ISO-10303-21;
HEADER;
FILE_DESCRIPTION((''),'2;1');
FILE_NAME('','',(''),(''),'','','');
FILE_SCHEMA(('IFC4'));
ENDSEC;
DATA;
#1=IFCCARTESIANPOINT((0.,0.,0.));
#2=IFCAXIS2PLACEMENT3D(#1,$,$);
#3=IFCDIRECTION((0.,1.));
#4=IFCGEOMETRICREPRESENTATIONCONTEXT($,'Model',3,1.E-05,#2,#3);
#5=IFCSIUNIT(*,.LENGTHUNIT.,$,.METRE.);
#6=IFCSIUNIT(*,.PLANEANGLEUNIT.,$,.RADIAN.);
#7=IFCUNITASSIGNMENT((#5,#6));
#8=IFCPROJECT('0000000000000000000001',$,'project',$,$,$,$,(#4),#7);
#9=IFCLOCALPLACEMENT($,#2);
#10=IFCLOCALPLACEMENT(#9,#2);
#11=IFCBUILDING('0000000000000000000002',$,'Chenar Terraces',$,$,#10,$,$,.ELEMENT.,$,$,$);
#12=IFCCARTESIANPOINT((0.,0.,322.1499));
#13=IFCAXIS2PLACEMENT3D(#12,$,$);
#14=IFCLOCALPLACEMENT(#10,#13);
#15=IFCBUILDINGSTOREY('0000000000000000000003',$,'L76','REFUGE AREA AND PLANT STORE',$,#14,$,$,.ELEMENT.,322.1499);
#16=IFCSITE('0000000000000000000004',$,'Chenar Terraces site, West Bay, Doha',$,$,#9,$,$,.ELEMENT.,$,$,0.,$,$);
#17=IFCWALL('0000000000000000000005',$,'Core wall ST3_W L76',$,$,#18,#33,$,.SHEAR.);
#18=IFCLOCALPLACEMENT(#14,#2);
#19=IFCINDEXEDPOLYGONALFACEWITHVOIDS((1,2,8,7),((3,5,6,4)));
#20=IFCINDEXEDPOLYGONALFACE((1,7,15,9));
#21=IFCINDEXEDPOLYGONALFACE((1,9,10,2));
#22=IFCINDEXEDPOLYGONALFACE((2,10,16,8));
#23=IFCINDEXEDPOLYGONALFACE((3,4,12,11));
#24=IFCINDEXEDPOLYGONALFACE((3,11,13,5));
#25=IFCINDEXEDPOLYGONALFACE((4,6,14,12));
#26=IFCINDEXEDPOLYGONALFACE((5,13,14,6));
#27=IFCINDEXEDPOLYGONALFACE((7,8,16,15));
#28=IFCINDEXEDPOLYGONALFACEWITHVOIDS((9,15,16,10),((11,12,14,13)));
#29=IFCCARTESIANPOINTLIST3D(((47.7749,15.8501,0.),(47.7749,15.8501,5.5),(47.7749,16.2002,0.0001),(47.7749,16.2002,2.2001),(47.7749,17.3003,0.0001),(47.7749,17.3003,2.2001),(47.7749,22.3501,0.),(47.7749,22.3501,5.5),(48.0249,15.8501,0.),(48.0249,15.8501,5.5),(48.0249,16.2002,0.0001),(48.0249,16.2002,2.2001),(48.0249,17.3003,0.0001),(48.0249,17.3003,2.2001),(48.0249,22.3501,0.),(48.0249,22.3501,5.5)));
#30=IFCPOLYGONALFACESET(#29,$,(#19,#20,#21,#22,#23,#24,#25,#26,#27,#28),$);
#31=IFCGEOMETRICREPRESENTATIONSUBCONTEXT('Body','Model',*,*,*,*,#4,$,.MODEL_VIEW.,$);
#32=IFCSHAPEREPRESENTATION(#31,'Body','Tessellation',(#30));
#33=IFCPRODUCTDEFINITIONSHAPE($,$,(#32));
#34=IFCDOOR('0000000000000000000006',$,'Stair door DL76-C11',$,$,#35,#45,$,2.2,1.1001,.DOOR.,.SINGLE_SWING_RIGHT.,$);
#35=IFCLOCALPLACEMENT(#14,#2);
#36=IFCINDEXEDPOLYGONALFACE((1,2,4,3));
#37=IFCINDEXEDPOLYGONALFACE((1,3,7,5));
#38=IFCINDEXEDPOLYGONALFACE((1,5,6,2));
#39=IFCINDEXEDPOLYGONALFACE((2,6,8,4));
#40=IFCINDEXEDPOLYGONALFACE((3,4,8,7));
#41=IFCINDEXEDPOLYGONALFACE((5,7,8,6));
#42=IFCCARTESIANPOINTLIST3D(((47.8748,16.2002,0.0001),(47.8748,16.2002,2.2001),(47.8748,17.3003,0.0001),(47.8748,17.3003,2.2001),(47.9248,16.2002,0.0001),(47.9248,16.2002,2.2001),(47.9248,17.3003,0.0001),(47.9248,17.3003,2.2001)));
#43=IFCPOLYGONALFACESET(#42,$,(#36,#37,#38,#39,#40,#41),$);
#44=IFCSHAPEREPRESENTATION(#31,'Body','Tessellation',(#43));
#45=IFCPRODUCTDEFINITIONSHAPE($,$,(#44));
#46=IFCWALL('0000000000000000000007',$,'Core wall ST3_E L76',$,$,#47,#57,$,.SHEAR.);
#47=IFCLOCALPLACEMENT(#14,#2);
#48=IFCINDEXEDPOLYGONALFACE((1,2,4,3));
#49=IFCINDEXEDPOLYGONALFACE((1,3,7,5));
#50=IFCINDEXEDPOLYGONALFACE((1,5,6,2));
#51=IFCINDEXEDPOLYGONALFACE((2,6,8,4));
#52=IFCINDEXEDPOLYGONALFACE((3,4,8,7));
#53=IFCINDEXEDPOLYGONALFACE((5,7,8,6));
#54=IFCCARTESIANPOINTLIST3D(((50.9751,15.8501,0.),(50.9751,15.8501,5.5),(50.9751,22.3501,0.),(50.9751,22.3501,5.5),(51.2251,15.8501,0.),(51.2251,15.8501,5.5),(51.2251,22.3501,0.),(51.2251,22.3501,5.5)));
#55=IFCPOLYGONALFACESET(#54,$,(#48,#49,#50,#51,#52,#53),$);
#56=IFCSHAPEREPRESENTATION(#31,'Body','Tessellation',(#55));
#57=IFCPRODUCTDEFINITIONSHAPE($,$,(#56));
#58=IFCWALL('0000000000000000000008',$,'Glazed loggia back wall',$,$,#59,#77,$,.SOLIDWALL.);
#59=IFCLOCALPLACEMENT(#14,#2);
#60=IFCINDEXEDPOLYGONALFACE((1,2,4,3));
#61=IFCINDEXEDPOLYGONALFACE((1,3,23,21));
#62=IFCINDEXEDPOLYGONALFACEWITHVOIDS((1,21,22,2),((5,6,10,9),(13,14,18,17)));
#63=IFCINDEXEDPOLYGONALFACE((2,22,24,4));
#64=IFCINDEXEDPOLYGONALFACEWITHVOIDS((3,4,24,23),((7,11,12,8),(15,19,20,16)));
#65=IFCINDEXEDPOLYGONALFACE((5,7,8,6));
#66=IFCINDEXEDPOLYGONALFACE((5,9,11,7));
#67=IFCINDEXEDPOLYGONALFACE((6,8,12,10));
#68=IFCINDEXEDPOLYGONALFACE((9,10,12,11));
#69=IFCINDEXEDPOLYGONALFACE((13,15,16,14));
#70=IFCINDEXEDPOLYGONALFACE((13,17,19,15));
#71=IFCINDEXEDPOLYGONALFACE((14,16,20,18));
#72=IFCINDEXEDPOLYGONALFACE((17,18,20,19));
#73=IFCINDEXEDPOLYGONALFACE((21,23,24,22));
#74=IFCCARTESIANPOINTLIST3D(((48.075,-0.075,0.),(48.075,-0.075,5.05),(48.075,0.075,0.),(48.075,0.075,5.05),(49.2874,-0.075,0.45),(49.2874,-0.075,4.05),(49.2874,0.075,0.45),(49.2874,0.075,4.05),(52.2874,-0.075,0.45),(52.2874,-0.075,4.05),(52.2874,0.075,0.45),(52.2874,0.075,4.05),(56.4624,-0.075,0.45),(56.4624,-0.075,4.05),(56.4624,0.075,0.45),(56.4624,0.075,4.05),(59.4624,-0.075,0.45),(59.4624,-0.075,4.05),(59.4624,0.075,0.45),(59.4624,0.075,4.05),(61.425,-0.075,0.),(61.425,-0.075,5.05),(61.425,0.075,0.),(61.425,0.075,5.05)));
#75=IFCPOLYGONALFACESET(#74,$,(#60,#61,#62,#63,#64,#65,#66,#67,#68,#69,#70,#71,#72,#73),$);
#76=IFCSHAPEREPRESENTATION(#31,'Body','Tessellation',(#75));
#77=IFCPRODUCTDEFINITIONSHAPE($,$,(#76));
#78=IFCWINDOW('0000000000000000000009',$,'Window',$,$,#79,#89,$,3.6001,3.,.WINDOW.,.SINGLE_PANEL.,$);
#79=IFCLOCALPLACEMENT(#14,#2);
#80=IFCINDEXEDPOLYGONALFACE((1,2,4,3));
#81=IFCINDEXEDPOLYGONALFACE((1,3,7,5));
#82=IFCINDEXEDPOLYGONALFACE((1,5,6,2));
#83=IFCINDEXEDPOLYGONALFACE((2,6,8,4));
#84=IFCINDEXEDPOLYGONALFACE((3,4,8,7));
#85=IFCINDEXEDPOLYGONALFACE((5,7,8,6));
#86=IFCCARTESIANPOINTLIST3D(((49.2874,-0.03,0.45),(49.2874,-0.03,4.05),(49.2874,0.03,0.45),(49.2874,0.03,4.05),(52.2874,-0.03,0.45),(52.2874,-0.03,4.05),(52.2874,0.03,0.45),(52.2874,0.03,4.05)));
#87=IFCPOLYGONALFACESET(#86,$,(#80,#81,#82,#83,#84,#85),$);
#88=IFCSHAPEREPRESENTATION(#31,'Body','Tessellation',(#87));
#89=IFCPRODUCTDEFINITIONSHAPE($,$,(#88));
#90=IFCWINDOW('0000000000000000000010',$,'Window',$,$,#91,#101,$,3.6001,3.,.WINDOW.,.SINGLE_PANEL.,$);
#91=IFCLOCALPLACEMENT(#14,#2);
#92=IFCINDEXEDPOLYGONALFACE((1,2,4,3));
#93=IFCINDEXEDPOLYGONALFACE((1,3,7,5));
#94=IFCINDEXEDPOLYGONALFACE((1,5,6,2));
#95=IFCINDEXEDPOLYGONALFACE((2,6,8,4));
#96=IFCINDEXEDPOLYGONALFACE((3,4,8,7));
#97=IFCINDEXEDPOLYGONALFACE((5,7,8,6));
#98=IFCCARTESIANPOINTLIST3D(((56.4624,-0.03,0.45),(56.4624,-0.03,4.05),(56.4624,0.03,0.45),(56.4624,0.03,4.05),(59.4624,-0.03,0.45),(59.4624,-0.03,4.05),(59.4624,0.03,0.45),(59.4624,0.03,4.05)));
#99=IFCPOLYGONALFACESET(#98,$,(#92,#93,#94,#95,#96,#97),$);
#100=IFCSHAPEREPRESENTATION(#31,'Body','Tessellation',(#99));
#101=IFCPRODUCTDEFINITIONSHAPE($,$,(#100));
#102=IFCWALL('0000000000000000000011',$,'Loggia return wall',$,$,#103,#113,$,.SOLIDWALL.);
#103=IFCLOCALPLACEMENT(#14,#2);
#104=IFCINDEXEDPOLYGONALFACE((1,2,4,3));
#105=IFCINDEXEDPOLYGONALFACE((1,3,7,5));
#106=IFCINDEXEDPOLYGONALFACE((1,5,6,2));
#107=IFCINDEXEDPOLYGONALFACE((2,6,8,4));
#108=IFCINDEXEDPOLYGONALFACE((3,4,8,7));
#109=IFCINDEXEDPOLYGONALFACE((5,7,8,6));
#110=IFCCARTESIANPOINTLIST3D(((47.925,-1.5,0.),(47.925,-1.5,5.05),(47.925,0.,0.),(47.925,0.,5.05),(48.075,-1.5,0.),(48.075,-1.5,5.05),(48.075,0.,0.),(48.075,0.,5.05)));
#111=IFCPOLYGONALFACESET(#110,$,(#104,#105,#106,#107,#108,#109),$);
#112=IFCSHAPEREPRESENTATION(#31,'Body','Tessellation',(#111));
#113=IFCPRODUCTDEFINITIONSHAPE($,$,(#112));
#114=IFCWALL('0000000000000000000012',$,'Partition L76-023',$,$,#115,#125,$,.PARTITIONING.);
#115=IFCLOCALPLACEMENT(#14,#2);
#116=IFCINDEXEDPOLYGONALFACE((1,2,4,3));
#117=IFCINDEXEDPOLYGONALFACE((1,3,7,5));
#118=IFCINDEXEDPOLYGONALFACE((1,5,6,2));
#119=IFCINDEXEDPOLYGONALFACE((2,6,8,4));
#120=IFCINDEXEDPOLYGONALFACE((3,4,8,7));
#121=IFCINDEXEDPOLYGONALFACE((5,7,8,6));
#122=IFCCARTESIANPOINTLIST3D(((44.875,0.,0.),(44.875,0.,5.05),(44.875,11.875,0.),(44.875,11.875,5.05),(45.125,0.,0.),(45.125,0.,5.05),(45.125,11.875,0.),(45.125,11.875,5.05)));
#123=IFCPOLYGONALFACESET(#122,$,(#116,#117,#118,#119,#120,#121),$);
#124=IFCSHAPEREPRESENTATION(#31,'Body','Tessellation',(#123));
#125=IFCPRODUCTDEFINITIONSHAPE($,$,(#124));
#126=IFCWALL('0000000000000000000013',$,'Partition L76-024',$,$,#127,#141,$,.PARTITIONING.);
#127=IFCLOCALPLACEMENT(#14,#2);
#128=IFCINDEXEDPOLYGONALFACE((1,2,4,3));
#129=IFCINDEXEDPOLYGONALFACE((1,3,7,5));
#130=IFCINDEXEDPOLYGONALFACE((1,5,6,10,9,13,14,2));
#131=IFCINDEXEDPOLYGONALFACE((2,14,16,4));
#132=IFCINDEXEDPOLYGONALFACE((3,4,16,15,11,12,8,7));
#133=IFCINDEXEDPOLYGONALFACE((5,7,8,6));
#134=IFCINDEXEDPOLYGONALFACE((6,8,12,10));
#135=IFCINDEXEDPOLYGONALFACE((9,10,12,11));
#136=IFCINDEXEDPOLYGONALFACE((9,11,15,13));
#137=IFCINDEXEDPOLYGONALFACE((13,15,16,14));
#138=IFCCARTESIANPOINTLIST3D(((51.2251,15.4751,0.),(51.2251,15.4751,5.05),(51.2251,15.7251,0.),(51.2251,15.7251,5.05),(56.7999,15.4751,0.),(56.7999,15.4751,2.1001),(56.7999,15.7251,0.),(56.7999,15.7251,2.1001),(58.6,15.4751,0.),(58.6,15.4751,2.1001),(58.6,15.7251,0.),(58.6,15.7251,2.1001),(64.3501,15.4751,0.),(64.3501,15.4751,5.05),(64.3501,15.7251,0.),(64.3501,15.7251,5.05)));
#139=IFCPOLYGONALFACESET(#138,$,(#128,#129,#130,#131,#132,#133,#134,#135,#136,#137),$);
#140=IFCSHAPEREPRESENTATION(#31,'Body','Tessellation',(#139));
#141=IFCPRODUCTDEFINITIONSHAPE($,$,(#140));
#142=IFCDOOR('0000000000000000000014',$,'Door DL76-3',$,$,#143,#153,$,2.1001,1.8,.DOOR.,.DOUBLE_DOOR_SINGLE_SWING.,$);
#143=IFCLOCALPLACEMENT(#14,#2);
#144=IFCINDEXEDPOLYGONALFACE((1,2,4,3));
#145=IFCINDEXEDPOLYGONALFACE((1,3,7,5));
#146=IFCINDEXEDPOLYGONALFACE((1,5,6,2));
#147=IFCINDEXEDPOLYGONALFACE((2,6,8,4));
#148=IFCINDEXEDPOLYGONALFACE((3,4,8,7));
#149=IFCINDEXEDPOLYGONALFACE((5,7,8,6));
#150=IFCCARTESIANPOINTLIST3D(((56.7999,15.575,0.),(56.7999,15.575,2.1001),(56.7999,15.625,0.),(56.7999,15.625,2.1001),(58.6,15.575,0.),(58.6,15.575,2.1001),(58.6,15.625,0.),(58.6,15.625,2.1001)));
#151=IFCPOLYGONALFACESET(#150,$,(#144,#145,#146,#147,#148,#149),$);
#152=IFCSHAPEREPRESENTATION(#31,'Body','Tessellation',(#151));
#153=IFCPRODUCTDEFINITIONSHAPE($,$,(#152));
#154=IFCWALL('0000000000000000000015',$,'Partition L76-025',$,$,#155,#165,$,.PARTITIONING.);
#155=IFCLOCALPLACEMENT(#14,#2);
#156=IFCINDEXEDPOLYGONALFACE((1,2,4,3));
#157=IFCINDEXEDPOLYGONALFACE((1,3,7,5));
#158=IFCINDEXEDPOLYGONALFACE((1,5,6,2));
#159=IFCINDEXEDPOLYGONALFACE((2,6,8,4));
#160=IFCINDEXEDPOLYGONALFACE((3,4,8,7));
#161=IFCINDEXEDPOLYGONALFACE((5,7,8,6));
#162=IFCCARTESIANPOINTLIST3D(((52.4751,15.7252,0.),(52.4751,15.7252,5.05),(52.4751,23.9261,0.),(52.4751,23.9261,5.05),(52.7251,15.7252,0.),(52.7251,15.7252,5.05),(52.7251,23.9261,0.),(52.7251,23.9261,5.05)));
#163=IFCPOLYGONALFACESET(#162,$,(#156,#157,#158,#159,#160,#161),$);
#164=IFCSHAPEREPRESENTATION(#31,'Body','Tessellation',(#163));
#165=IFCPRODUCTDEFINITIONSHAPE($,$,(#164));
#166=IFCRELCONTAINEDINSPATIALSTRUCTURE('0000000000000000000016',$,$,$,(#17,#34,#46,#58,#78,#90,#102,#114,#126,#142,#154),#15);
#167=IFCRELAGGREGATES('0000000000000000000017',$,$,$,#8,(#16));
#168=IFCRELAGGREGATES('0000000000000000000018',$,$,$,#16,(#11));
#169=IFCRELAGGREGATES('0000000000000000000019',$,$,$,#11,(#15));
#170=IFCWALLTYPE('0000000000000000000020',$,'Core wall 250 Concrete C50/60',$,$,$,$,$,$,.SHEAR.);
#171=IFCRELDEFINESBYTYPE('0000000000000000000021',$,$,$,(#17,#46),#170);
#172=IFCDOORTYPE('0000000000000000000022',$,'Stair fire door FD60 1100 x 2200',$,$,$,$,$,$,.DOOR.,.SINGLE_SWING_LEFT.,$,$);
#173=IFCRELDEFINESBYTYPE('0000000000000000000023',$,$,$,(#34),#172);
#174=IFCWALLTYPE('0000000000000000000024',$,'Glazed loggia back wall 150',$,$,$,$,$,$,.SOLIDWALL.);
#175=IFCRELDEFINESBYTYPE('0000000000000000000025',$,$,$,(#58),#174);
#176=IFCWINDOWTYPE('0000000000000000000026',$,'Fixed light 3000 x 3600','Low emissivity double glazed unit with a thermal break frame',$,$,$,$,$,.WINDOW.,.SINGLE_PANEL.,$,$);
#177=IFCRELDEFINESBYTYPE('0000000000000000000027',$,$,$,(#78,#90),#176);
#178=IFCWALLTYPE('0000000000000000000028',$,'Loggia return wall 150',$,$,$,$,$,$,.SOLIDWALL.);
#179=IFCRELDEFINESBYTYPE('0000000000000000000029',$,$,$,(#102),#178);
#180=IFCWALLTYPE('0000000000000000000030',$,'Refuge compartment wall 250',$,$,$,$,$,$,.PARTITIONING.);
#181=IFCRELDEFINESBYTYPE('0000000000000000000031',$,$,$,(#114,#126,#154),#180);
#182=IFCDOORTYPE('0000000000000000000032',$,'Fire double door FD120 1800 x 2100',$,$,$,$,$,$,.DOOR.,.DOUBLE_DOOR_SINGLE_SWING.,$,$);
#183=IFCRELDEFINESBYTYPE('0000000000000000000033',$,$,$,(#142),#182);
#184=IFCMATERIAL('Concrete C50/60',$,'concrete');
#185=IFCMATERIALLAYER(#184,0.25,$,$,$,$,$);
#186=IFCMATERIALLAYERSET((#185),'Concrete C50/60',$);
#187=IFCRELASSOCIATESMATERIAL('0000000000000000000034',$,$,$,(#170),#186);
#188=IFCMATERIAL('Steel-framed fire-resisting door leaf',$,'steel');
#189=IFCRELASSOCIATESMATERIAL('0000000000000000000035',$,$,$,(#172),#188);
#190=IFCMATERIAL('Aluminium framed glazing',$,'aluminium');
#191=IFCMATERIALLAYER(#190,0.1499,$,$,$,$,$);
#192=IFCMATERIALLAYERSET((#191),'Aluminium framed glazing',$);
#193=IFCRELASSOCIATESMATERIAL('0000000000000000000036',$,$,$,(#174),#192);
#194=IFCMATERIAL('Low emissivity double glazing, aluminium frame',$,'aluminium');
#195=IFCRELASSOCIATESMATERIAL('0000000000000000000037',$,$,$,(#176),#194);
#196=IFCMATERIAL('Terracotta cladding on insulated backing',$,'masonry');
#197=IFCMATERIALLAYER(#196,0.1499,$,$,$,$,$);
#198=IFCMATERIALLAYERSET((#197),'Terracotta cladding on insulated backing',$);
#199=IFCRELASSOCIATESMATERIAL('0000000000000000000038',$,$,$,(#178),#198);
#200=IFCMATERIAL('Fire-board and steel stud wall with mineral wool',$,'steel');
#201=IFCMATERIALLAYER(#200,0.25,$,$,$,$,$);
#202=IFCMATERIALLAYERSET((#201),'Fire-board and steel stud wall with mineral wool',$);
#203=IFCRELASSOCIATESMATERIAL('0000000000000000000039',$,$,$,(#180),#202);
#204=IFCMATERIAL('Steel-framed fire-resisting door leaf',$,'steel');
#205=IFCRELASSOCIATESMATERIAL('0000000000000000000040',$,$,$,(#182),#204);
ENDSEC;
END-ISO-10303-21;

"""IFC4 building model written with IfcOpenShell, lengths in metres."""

from ifc_helpers import new_model, si_unit, direction, frame, frame_2d, origin, place, context, subcontext, project, spatial, rectangle, extrude, material, layer, layer_set, type_object, element, fill, save


model = new_model("IFC4")

# Units and contexts
model_context = context("Model", 3, precision=1e-05, world=origin(), true_north=direction((0.0, 1.0)))
body_context = subcontext(model_context, "Body", "Model", "MODEL_VIEW")
ifc_project = project(units=[si_unit("LENGTHUNIT", "METRE"), si_unit("PLANEANGLEUNIT", "RADIAN")], contexts=[model_context])

# Site, building, storey
site_placement = place(None, origin())
site = spatial("IfcSite", under=ifc_project, at=site_placement, Name="Chenar Terraces site, West Bay, Doha", CompositionType="ELEMENT", RefElevation=0.0)
building_placement = place(site_placement, origin())
building = spatial("IfcBuilding", under=site, at=building_placement, Name="Chenar Terraces", CompositionType="ELEMENT")
storey_placement = place(building_placement, frame((0.0, 0.0, 322.1499)))
storey = spatial("IfcBuildingStorey", under=building, at=storey_placement, Name="L76", Description="REFUGE AREA AND PLANT STORE", CompositionType="ELEMENT", Elevation=322.1499)

# Wall, opening, door
ifc_material_1 = material(Name="Concrete C50/60", Category="concrete")
ifc_layer_1 = layer(ifc_material_1, 0.25)
ifc_layer_set_1 = layer_set([ifc_layer_1], Name="Concrete C50/60")
wall_type_1 = type_object("IfcWallType", Name="Core wall 250 Concrete C50/60", PredefinedType="SHEAR", material=ifc_layer_set_1)
ifc_material_2 = material(Name="Steel-framed fire-resisting door leaf", Category="steel")
door_type_1 = type_object("IfcDoorType", Name="Stair fire door FD60 1100 x 2200", OperationType="SINGLE_SWING_LEFT", PredefinedType="DOOR", material=ifc_material_2)
wall_1_placement = place(storey_placement, frame((47.8999, 15.8501, 0.0), z_axis=(0.0, 0.0, 1.0), x_axis=(0.0, 1.0, 0.0)))
wall_1 = element("IfcWall", 1, at=wall_1_placement, inside=storey, type_object=wall_type_1, Name="Core wall ST3_W L76", PredefinedType="SHEAR", context=body_context, shape_type="SweptSolid", body=[
    extrude(rectangle(XDim=6.5, YDim=0.25, at=frame_2d((3.25, 0.0))), origin(), (0.0, 0.0, 1.0), 5.5),
])
opening_1_placement = place(wall_1_placement, frame((0.3501, 0.0, 0.0)))
opening_1 = element("IfcOpeningElement", 2, at=opening_1_placement, cuts=wall_1, PredefinedType="OPENING", context=body_context, shape_type="SweptSolid", body=[
    extrude(rectangle(XDim=1.1001, YDim=2.2, at=frame_2d((0.55, 1.1001))), frame((0.0, 0.135, 0.0), z_axis=(0.0, -1.0, 0.0), x_axis=(1.0, 0.0, 0.0)), (0.0, 0.0, 1.0), 0.27),
])
door_1_placement = place(opening_1_placement, frame((1.1001, 0.0, 0.0), z_axis=(0.0, 0.0, 1.0), x_axis=(-1.0, 0.0, 0.0)))
door_1 = element("IfcDoor", 3, at=door_1_placement, inside=storey, type_object=door_type_1, Name="Stair door DL76-C11", OperationType="SINGLE_SWING_RIGHT", OverallHeight=2.2, OverallWidth=1.1001, PredefinedType="DOOR", context=body_context, shape_type="SweptSolid", body=[
    extrude(rectangle(XDim=1.1001, YDim=2.2, at=frame_2d((0.55, 1.1001))), frame((0.0, 0.0249, 0.0), z_axis=(0.0, -1.0, 0.0), x_axis=(1.0, 0.0, 0.0)), (0.0, 0.0, 1.0), 0.05),
])
fill(opening_1, door_1)

# Wall
wall_2_placement = place(storey_placement, frame((51.1001, 15.8501, 0.0), z_axis=(0.0, 0.0, 1.0), x_axis=(0.0, 1.0, 0.0)))
element("IfcWall", 4, at=wall_2_placement, inside=storey, type_object=wall_type_1, Name="Core wall ST3_E L76", PredefinedType="SHEAR", context=body_context, shape_type="SweptSolid", body=[
    extrude(rectangle(XDim=6.5, YDim=0.25, at=frame_2d((3.25, 0.0))), origin(), (0.0, 0.0, 1.0), 5.5),
])

# Wall, openings, windows
ifc_material_3 = material(Name="Aluminium framed glazing", Category="aluminium")
ifc_layer_2 = layer(ifc_material_3, 0.1499)
ifc_layer_set_2 = layer_set([ifc_layer_2], Name="Aluminium framed glazing")
wall_type_2 = type_object("IfcWallType", Name="Glazed loggia back wall 150", PredefinedType="SOLIDWALL", material=ifc_layer_set_2)
wall_3_placement = place(storey_placement, frame((48.075, 0.0, 0.0), z_axis=(0.0, 0.0, 1.0), x_axis=(1.0, 0.0, 0.0)))
wall_3 = element("IfcWall", 5, at=wall_3_placement, inside=storey, type_object=wall_type_2, Name="Glazed loggia back wall", PredefinedType="SOLIDWALL", context=body_context, shape_type="SweptSolid", body=[
    extrude(rectangle(XDim=13.3501, YDim=0.1499, at=frame_2d((6.675, 0.0))), origin(), (0.0, 0.0, 1.0), 5.05),
])
opening_2_placement = place(wall_3_placement, frame((1.2124, 0.0, 0.45)))
opening_2 = element("IfcOpeningElement", 6, at=opening_2_placement, cuts=wall_3, PredefinedType="OPENING", context=body_context, shape_type="SweptSolid", body=[
    extrude(rectangle(XDim=3.0, YDim=3.6001, at=frame_2d((1.5, 1.8))), frame((0.0, 0.085, 0.0), z_axis=(0.0, -1.0, 0.0), x_axis=(1.0, 0.0, 0.0)), (0.0, 0.0, 1.0), 0.1699),
])
opening_3_placement = place(wall_3_placement, frame((8.3875, 0.0, 0.45)))
opening_3 = element("IfcOpeningElement", 7, at=opening_3_placement, cuts=wall_3, PredefinedType="OPENING", context=body_context, shape_type="SweptSolid", body=[
    extrude(rectangle(XDim=3.0, YDim=3.6001, at=frame_2d((1.5, 1.8))), frame((0.0, 0.085, 0.0), z_axis=(0.0, -1.0, 0.0), x_axis=(1.0, 0.0, 0.0)), (0.0, 0.0, 1.0), 0.1699),
])
ifc_material_4 = material(Name="Low emissivity double glazing, aluminium frame", Category="aluminium")
window_type = type_object("IfcWindowType", Name="Fixed light 3000 x 3600", Description="Low emissivity double glazed unit with a thermal break frame", PartitioningType="SINGLE_PANEL", PredefinedType="WINDOW", material=ifc_material_4)
window_1_placement = place(opening_2_placement, origin())
window_1 = element("IfcWindow", 8, at=window_1_placement, inside=storey, type_object=window_type, Name="Window", OverallHeight=3.6001, OverallWidth=3.0, PartitioningType="SINGLE_PANEL", PredefinedType="WINDOW", context=body_context, shape_type="SweptSolid", body=[
    extrude(rectangle(XDim=3.0, YDim=3.6001, at=frame_2d((1.5, 1.8))), frame((0.0, 0.03, 0.0), z_axis=(0.0, -1.0, 0.0), x_axis=(1.0, 0.0, 0.0)), (0.0, 0.0, 1.0), 0.0601),
])
fill(opening_2, window_1)
window_2_placement = place(opening_3_placement, origin())
window_2 = element("IfcWindow", 9, at=window_2_placement, inside=storey, type_object=window_type, Name="Window", OverallHeight=3.6001, OverallWidth=3.0, PartitioningType="SINGLE_PANEL", PredefinedType="WINDOW", context=body_context, shape_type="SweptSolid", body=[
    extrude(rectangle(XDim=3.0, YDim=3.6001, at=frame_2d((1.5, 1.8))), frame((0.0, 0.03, 0.0), z_axis=(0.0, -1.0, 0.0), x_axis=(1.0, 0.0, 0.0)), (0.0, 0.0, 1.0), 0.0601),
])
fill(opening_3, window_2)

# Walls
ifc_material_5 = material(Name="Terracotta cladding on insulated backing", Category="masonry")
ifc_layer_3 = layer(ifc_material_5, 0.1499)
ifc_layer_set_3 = layer_set([ifc_layer_3], Name="Terracotta cladding on insulated backing")
wall_type_3 = type_object("IfcWallType", Name="Loggia return wall 150", PredefinedType="SOLIDWALL", material=ifc_layer_set_3)
wall_4_placement = place(storey_placement, frame((48.0, -1.5, 0.0), z_axis=(0.0, 0.0, 1.0), x_axis=(0.0, 1.0, 0.0)))
element("IfcWall", 10, at=wall_4_placement, inside=storey, type_object=wall_type_3, Name="Loggia return wall", PredefinedType="SOLIDWALL", context=body_context, shape_type="SweptSolid", body=[
    extrude(rectangle(XDim=1.5, YDim=0.1499, at=frame_2d((0.75, 0.0))), origin(), (0.0, 0.0, 1.0), 5.05),
])
ifc_material_6 = material(Name="Fire-board and steel stud wall with mineral wool", Category="steel")
ifc_layer_4 = layer(ifc_material_6, 0.25)
ifc_layer_set_4 = layer_set([ifc_layer_4], Name="Fire-board and steel stud wall with mineral wool")
wall_type_4 = type_object("IfcWallType", Name="Refuge compartment wall 250", PredefinedType="PARTITIONING", material=ifc_layer_set_4)
wall_5_placement = place(storey_placement, frame((45.0, 0.0, 0.0), z_axis=(0.0, 0.0, 1.0), x_axis=(0.0, 1.0, 0.0)))
element("IfcWall", 11, at=wall_5_placement, inside=storey, type_object=wall_type_4, Name="Partition L76-023", PredefinedType="PARTITIONING", context=body_context, shape_type="SweptSolid", body=[
    extrude(rectangle(XDim=11.875, YDim=0.25, at=frame_2d((5.9375, 0.0))), origin(), (0.0, 0.0, 1.0), 5.05),
])

# Wall, opening, door
wall_6_placement = place(storey_placement, frame((51.2251, 15.6001, 0.0), z_axis=(0.0, 0.0, 1.0), x_axis=(1.0, 0.0, 0.0)))
wall_6 = element("IfcWall", 12, at=wall_6_placement, inside=storey, type_object=wall_type_4, Name="Partition L76-024", PredefinedType="PARTITIONING", context=body_context, shape_type="SweptSolid", body=[
    extrude(rectangle(XDim=13.125, YDim=0.25, at=frame_2d((6.5625, 0.0))), origin(), (0.0, 0.0, 1.0), 5.05),
])
opening_4_placement = place(wall_6_placement, frame((5.575, 0.0, 0.0)))
opening_4 = element("IfcOpeningElement", 13, at=opening_4_placement, cuts=wall_6, PredefinedType="OPENING", context=body_context, shape_type="SweptSolid", body=[
    extrude(rectangle(XDim=1.8, YDim=2.1001, at=frame_2d((0.8999, 1.05))), frame((0.0, 0.135, 0.0), z_axis=(0.0, -1.0, 0.0), x_axis=(1.0, 0.0, 0.0)), (0.0, 0.0, 1.0), 0.27),
])
ifc_material_7 = material(Name="Steel-framed fire-resisting door leaf", Category="steel")
door_type_2 = type_object("IfcDoorType", Name="Fire double door FD120 1800 x 2100", OperationType="DOUBLE_DOOR_SINGLE_SWING", PredefinedType="DOOR", material=ifc_material_7)
door_2_placement = place(opening_4_placement, origin())
door_2 = element("IfcDoor", 14, at=door_2_placement, inside=storey, type_object=door_type_2, Name="Door DL76-3", OperationType="DOUBLE_DOOR_SINGLE_SWING", OverallHeight=2.1001, OverallWidth=1.8, PredefinedType="DOOR", context=body_context, shape_type="SweptSolid", body=[
    extrude(rectangle(XDim=1.8, YDim=2.1001, at=frame_2d((0.8999, 1.05))), frame((0.0, 0.0249, 0.0), z_axis=(0.0, -1.0, 0.0), x_axis=(1.0, 0.0, 0.0)), (0.0, 0.0, 1.0), 0.05),
])
fill(opening_4, door_2)

# Wall
wall_7_placement = place(storey_placement, frame((52.6001, 15.7251, 0.0), z_axis=(0.0, 0.0, 1.0), x_axis=(0.0, 1.0, 0.0)))
element("IfcWall", 15, at=wall_7_placement, inside=storey, type_object=wall_type_4, Name="Partition L76-025", PredefinedType="PARTITIONING", context=body_context, shape_type="SweptSolid", body=[
    extrude(rectangle(XDim=8.2009, YDim=0.25, at=frame_2d((4.1006, 0.0))), origin(), (0.0, 0.0, 1.0), 5.05),
])

save(model, "model.ifc")
